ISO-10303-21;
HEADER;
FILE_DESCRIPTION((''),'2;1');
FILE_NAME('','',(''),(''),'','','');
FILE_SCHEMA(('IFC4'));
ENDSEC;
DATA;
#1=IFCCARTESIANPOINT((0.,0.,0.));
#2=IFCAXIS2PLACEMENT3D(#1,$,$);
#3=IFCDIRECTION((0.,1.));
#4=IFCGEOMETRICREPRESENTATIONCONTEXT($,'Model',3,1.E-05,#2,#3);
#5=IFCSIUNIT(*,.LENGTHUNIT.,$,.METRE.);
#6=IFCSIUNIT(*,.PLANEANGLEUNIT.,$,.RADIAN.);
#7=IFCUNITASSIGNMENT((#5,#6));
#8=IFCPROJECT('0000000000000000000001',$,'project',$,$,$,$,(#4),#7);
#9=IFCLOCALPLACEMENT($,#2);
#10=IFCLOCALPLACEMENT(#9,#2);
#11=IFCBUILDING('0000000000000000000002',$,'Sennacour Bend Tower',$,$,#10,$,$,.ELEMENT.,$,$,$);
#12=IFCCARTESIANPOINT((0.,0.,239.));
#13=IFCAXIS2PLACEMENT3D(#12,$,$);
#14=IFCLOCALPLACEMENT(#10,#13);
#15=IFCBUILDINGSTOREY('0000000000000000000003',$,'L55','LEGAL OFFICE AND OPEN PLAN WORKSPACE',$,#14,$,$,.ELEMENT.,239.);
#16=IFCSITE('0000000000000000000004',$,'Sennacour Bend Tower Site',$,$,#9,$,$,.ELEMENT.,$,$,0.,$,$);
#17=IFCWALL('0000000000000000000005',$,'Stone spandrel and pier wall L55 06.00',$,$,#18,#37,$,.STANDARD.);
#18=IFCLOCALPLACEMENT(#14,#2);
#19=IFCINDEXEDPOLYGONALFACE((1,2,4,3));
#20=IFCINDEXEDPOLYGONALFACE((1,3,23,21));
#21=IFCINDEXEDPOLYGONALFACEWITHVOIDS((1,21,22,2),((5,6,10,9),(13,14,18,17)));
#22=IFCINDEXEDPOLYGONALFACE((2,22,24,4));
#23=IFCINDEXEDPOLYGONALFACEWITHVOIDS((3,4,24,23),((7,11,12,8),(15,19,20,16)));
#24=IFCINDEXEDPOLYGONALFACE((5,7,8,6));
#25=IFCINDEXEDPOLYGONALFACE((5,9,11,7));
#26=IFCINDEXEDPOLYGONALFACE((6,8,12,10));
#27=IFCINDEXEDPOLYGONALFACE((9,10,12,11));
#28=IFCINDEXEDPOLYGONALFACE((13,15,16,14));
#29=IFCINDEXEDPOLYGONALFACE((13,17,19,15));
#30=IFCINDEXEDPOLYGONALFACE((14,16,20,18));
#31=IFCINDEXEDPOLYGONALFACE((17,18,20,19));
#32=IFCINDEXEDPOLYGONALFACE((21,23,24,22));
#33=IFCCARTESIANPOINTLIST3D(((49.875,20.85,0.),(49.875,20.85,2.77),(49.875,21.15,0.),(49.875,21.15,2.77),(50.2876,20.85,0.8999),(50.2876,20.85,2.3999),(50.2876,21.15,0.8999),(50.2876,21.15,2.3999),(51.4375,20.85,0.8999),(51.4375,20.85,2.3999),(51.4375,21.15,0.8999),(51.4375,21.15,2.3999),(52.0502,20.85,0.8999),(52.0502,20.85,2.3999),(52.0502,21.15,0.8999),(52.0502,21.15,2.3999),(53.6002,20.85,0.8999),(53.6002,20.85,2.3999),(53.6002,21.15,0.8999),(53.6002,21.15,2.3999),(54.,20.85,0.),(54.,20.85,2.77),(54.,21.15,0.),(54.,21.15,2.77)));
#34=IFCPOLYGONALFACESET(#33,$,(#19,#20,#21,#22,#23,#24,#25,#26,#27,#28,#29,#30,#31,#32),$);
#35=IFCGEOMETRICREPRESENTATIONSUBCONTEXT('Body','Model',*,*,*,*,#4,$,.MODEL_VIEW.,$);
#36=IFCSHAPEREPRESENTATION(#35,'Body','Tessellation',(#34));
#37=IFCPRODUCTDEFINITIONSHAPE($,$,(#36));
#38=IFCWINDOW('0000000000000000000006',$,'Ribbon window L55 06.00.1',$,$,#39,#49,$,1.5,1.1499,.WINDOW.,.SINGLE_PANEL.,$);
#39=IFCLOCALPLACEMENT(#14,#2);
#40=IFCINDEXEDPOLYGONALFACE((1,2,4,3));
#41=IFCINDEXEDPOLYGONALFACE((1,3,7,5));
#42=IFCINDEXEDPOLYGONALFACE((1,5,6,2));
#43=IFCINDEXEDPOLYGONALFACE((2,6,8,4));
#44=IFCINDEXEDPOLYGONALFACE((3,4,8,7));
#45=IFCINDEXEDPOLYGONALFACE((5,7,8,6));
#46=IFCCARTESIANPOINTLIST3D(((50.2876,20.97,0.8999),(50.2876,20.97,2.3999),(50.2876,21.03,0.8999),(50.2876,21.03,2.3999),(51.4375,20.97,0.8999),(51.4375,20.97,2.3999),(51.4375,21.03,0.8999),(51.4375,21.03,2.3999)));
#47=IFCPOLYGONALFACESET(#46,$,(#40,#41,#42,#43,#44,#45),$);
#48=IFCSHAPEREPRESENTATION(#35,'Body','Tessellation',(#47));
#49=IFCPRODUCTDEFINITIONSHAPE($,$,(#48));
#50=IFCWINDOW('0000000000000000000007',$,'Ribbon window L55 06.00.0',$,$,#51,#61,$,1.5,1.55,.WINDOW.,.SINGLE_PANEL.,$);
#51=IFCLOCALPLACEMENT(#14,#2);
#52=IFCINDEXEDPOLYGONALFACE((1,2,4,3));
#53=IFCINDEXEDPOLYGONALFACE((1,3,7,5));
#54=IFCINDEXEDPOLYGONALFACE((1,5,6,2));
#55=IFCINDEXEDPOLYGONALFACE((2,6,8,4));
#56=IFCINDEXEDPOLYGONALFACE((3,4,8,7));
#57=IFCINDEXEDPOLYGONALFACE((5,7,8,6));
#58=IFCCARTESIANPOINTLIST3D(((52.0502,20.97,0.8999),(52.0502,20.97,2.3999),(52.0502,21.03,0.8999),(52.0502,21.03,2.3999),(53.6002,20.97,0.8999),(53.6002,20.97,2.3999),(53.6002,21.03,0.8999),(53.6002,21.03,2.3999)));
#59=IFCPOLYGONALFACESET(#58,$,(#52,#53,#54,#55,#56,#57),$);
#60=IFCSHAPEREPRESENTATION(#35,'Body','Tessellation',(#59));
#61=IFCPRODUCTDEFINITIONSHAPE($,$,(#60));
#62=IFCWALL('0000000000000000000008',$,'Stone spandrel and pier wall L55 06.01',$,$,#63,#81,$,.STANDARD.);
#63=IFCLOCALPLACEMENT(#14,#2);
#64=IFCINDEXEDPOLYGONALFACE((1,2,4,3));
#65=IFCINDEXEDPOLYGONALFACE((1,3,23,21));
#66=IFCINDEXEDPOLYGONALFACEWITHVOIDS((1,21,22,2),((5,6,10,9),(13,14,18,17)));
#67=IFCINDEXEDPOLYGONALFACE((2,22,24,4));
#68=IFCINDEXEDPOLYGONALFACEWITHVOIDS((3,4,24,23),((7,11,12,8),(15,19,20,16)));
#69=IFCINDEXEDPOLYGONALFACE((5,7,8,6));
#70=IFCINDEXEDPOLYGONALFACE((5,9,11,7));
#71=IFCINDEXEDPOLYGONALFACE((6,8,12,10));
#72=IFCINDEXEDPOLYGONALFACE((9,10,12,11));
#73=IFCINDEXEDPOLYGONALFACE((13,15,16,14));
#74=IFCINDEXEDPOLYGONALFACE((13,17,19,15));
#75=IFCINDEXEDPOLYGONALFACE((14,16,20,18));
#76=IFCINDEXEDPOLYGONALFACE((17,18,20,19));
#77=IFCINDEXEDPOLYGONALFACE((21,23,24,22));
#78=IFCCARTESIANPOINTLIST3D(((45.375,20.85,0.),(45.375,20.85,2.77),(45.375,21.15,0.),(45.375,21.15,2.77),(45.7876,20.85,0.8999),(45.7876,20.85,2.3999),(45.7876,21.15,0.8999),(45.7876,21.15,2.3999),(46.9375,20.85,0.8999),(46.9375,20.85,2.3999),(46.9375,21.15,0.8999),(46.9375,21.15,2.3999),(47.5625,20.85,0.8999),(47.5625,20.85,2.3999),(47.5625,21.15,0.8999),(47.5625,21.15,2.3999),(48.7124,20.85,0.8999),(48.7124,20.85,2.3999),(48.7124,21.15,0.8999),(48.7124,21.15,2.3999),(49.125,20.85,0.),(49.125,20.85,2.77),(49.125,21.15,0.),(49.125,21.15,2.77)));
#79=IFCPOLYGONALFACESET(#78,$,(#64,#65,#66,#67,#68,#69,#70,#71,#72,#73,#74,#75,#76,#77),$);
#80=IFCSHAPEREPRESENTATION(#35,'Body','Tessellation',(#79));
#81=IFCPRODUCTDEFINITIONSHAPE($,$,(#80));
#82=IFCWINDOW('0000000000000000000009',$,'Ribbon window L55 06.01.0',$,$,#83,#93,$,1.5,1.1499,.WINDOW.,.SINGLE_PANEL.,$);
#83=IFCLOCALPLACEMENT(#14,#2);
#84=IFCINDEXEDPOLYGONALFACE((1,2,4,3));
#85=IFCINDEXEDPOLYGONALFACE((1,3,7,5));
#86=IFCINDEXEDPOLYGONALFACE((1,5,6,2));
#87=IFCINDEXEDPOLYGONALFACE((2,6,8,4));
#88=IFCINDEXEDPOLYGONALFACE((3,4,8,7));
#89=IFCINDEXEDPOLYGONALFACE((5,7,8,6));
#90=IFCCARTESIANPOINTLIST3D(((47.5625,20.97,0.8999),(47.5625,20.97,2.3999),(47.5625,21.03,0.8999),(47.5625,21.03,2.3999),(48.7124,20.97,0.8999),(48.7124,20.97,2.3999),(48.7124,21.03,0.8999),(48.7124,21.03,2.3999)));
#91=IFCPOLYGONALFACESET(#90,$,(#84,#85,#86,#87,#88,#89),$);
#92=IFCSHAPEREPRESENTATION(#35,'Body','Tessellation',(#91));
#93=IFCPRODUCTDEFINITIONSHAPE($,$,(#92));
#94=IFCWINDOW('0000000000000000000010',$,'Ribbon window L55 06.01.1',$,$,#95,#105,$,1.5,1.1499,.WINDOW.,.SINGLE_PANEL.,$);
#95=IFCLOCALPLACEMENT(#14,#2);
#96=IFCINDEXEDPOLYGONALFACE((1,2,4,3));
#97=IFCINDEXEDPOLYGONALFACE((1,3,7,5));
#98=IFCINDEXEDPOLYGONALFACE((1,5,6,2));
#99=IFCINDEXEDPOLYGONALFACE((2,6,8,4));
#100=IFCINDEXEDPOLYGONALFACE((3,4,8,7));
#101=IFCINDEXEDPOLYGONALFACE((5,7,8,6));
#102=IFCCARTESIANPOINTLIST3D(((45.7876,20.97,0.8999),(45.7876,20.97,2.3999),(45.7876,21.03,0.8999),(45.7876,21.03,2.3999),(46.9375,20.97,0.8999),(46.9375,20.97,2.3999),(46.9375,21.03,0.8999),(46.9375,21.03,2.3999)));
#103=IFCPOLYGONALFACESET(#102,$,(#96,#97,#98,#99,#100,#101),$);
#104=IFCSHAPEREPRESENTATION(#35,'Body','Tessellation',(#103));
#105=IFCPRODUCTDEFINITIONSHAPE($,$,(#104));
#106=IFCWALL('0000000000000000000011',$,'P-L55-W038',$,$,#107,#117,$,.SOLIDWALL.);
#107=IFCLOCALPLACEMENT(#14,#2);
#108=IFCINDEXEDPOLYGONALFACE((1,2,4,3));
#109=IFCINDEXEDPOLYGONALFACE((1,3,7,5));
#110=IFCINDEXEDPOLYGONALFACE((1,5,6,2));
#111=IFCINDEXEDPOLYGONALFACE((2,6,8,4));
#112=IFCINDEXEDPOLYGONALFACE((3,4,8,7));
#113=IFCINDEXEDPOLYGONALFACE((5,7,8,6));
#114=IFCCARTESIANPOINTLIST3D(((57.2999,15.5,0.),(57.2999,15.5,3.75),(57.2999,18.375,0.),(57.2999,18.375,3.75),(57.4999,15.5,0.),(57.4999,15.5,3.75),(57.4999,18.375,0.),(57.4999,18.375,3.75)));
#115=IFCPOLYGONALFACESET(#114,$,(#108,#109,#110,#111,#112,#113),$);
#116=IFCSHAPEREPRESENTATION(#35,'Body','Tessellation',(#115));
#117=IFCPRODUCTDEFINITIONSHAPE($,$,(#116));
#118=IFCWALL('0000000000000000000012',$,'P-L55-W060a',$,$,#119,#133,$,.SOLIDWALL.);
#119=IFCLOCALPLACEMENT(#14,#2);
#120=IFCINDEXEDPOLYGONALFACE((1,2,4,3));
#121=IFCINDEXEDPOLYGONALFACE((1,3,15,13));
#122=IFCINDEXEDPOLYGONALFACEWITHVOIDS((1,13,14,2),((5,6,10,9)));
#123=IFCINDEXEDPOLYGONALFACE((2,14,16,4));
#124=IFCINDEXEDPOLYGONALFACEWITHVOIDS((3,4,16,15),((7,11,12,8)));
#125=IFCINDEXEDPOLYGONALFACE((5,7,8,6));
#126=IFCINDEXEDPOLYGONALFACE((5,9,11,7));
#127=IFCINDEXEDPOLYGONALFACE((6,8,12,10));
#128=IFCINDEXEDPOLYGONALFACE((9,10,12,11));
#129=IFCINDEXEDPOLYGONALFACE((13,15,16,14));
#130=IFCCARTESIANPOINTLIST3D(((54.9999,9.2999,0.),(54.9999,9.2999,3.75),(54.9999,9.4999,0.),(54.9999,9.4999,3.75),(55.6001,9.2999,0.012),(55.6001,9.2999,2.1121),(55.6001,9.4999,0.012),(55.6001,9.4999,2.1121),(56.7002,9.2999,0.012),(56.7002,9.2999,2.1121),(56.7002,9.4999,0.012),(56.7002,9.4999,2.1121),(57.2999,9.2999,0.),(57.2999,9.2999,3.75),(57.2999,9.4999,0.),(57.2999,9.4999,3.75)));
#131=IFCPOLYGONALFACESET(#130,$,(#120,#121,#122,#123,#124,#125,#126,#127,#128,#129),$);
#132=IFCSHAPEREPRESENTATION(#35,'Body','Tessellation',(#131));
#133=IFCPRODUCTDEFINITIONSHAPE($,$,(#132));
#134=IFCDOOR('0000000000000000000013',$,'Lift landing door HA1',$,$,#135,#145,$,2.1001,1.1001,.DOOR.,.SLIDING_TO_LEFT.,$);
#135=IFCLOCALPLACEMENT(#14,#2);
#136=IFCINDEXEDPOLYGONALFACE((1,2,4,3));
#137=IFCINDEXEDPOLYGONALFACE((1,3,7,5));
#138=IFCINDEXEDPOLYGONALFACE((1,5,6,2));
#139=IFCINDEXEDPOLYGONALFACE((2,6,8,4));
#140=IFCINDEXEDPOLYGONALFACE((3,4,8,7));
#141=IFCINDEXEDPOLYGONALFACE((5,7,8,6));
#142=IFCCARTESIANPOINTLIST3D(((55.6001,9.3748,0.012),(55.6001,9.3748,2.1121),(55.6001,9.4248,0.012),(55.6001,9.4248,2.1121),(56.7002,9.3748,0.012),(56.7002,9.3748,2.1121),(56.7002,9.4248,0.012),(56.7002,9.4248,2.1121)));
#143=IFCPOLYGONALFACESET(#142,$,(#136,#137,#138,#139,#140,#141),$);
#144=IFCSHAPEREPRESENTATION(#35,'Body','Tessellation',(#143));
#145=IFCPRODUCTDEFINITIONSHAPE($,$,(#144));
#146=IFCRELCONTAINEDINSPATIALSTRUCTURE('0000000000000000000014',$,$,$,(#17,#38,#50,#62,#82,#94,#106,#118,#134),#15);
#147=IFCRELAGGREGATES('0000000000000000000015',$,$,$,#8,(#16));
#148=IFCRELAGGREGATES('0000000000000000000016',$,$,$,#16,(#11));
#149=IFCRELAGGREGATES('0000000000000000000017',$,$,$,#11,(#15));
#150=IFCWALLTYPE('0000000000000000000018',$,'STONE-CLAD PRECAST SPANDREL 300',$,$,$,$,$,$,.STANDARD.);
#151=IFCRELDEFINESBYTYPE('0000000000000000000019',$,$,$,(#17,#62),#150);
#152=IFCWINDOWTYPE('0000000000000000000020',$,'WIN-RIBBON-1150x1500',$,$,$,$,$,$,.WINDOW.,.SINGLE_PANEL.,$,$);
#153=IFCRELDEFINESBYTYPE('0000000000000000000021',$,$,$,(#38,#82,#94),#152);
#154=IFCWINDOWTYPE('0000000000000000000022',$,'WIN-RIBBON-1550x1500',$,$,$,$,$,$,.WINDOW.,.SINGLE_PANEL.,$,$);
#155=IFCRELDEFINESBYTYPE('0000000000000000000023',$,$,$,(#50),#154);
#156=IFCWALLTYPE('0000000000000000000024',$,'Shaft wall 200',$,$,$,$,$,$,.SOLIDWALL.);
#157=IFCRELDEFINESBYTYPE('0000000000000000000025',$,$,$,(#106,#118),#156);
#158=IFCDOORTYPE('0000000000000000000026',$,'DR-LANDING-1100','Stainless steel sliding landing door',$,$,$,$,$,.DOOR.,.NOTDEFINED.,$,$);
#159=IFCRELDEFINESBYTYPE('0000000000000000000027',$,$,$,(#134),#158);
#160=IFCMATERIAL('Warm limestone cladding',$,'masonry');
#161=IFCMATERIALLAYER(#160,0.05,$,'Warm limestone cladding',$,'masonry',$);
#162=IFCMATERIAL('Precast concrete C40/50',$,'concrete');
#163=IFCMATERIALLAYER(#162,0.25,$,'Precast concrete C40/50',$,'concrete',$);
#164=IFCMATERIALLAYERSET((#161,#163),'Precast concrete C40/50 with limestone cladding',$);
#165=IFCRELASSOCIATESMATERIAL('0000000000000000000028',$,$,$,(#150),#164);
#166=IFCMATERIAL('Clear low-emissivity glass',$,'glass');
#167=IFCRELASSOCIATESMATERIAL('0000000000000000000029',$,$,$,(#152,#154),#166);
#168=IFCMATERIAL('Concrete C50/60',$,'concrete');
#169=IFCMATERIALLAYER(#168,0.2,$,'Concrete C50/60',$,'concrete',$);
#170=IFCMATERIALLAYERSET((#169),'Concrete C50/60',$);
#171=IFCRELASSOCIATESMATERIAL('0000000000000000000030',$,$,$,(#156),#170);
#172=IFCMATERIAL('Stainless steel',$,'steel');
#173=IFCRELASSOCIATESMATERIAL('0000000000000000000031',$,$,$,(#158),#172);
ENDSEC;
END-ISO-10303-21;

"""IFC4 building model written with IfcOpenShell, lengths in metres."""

from ifc_helpers import new_model, si_unit, direction, frame, frame_2d, origin, place, context, subcontext, project, spatial, rectangle, extrude, material, layer, layer_set, type_object, element, fill, save


model = new_model("IFC4")

# Units and contexts
model_context = context("Model", 3, precision=1e-05, world=origin(), true_north=direction((0.0, 1.0)))
body_context = subcontext(model_context, "Body", "Model", "MODEL_VIEW")
ifc_project = project(units=[si_unit("LENGTHUNIT", "METRE"), si_unit("PLANEANGLEUNIT", "RADIAN")], contexts=[model_context])

# Site, building, storey
site_placement = place(None, origin())
site = spatial("IfcSite", under=ifc_project, at=site_placement, Name="Sennacour Bend Tower Site", CompositionType="ELEMENT", RefElevation=0.0)
building_placement = place(site_placement, origin())
building = spatial("IfcBuilding", under=site, at=building_placement, Name="Sennacour Bend Tower", CompositionType="ELEMENT")
storey_placement = place(building_placement, frame((0.0, 0.0, 239.0)))
storey = spatial("IfcBuildingStorey", under=building, at=storey_placement, Name="L55", Description="LEGAL OFFICE AND OPEN PLAN WORKSPACE", CompositionType="ELEMENT", Elevation=239.0)

# Walls, openings, windows
ifc_material_1 = material(Name="Warm limestone cladding", Category="masonry")
ifc_layer_1 = layer(ifc_material_1, 0.05, Name="Warm limestone cladding", Category="masonry")
ifc_material_2 = material(Name="Precast concrete C40/50", Category="concrete")
ifc_layer_2 = layer(ifc_material_2, 0.25, Name="Precast concrete C40/50", Category="concrete")
ifc_layer_set_1 = layer_set([ifc_layer_1, ifc_layer_2], Name="Precast concrete C40/50 with limestone cladding")
wall_type_1 = type_object("IfcWallType", Name="STONE-CLAD PRECAST SPANDREL 300", PredefinedType="STANDARD", material=ifc_layer_set_1)
wall_1_placement = place(storey_placement, frame((54.0, 21.0, 0.0), z_axis=(0.0, 0.0, 1.0), x_axis=(-1.0, 0.0, 0.0)))
wall_1 = element("IfcWall", 1, at=wall_1_placement, inside=storey, type_object=wall_type_1, Name="Stone spandrel and pier wall L55 06.00", PredefinedType="STANDARD", context=body_context, shape_type="SweptSolid", body=[
    extrude(rectangle(XDim=4.125, YDim=0.3, at=frame_2d((2.0625, 0.0))), origin(), (0.0, 0.0, 1.0), 2.77),
])
opening_1_placement = place(wall_1_placement, frame((0.3999, 0.0, 0.8999)))
opening_1 = element("IfcOpeningElement", 2, at=opening_1_placement, cuts=wall_1, PredefinedType="OPENING", context=body_context, shape_type="SweptSolid", body=[
    extrude(rectangle(XDim=1.55, YDim=1.5, at=frame_2d((0.7749, 0.75))), frame((0.0, 0.1602, 0.0), z_axis=(0.0, -1.0, 0.0), x_axis=(1.0, 0.0, 0.0)), (0.0, 0.0, 1.0), 0.3201),
])
opening_2_placement = place(wall_1_placement, frame((2.5625, 0.0, 0.8999)))
opening_2 = element("IfcOpeningElement", 3, at=opening_2_placement, cuts=wall_1, PredefinedType="OPENING", context=body_context, shape_type="SweptSolid", body=[
    extrude(rectangle(XDim=1.1499, YDim=1.5, at=frame_2d((0.575, 0.75))), frame((0.0, 0.1602, 0.0), z_axis=(0.0, -1.0, 0.0), x_axis=(1.0, 0.0, 0.0)), (0.0, 0.0, 1.0), 0.3201),
])
ifc_material_3 = material(Name="Clear low-emissivity glass", Category="glass")
window_type_1 = type_object("IfcWindowType", Name="WIN-RIBBON-1150x1500", PartitioningType="SINGLE_PANEL", PredefinedType="WINDOW", material=ifc_material_3)
window_1_placement = place(opening_2_placement, origin())
window_1 = element("IfcWindow", 4, at=window_1_placement, inside=storey, type_object=window_type_1, Name="Ribbon window L55 06.00.1", OverallHeight=1.5, OverallWidth=1.1499, PartitioningType="SINGLE_PANEL", PredefinedType="WINDOW", context=body_context, shape_type="SweptSolid", body=[
    extrude(rectangle(XDim=1.1499, YDim=1.5, at=frame_2d((0.575, 0.75))), frame((0.0, 0.03, 0.0), z_axis=(0.0, -1.0, 0.0), x_axis=(1.0, 0.0, 0.0)), (0.0, 0.0, 1.0), 0.0601),
])
fill(opening_2, window_1)
window_type_2 = type_object("IfcWindowType", Name="WIN-RIBBON-1550x1500", PartitioningType="SINGLE_PANEL", PredefinedType="WINDOW", material=ifc_material_3)
window_2_placement = place(opening_1_placement, origin())
window_2 = element("IfcWindow", 5, at=window_2_placement, inside=storey, type_object=window_type_2, Name="Ribbon window L55 06.00.0", OverallHeight=1.5, OverallWidth=1.55, PartitioningType="SINGLE_PANEL", PredefinedType="WINDOW", context=body_context, shape_type="SweptSolid", body=[
    extrude(rectangle(XDim=1.55, YDim=1.5, at=frame_2d((0.7749, 0.75))), frame((0.0, 0.03, 0.0), z_axis=(0.0, -1.0, 0.0), x_axis=(1.0, 0.0, 0.0)), (0.0, 0.0, 1.0), 0.0601),
])
fill(opening_1, window_2)
wall_2_placement = place(storey_placement, frame((49.125, 21.0, 0.0), z_axis=(0.0, 0.0, 1.0), x_axis=(-1.0, 0.0, 0.0)))
wall_2 = element("IfcWall", 6, at=wall_2_placement, inside=storey, type_object=wall_type_1, Name="Stone spandrel and pier wall L55 06.01", PredefinedType="STANDARD", context=body_context, shape_type="SweptSolid", body=[
    extrude(rectangle(XDim=3.75, YDim=0.3, at=frame_2d((1.875, 0.0))), origin(), (0.0, 0.0, 1.0), 2.77),
])
opening_3_placement = place(wall_2_placement, frame((0.4126, 0.0, 0.8999)))
opening_3 = element("IfcOpeningElement", 7, at=opening_3_placement, cuts=wall_2, PredefinedType="OPENING", context=body_context, shape_type="SweptSolid", body=[
    extrude(rectangle(XDim=1.1499, YDim=1.5, at=frame_2d((0.575, 0.75))), frame((0.0, 0.1602, 0.0), z_axis=(0.0, -1.0, 0.0), x_axis=(1.0, 0.0, 0.0)), (0.0, 0.0, 1.0), 0.3201),
])
opening_4_placement = place(wall_2_placement, frame((2.1875, 0.0, 0.8999)))
opening_4 = element("IfcOpeningElement", 8, at=opening_4_placement, cuts=wall_2, PredefinedType="OPENING", context=body_context, shape_type="SweptSolid", body=[
    extrude(rectangle(XDim=1.1499, YDim=1.5, at=frame_2d((0.575, 0.75))), frame((0.0, 0.1602, 0.0), z_axis=(0.0, -1.0, 0.0), x_axis=(1.0, 0.0, 0.0)), (0.0, 0.0, 1.0), 0.3201),
])
window_3_placement = place(opening_3_placement, origin())
window_3 = element("IfcWindow", 9, at=window_3_placement, inside=storey, type_object=window_type_1, Name="Ribbon window L55 06.01.0", OverallHeight=1.5, OverallWidth=1.1499, PartitioningType="SINGLE_PANEL", PredefinedType="WINDOW", context=body_context, shape_type="SweptSolid", body=[
    extrude(rectangle(XDim=1.1499, YDim=1.5, at=frame_2d((0.575, 0.75))), frame((0.0, 0.03, 0.0), z_axis=(0.0, -1.0, 0.0), x_axis=(1.0, 0.0, 0.0)), (0.0, 0.0, 1.0), 0.0601),
])
fill(opening_3, window_3)
window_4_placement = place(opening_4_placement, origin())
window_4 = element("IfcWindow", 10, at=window_4_placement, inside=storey, type_object=window_type_1, Name="Ribbon window L55 06.01.1", OverallHeight=1.5, OverallWidth=1.1499, PartitioningType="SINGLE_PANEL", PredefinedType="WINDOW", context=body_context, shape_type="SweptSolid", body=[
    extrude(rectangle(XDim=1.1499, YDim=1.5, at=frame_2d((0.575, 0.75))), frame((0.0, 0.03, 0.0), z_axis=(0.0, -1.0, 0.0), x_axis=(1.0, 0.0, 0.0)), (0.0, 0.0, 1.0), 0.0601),
])
fill(opening_4, window_4)

# Wall
ifc_material_4 = material(Name="Concrete C50/60", Category="concrete")
ifc_layer_3 = layer(ifc_material_4, 0.2, Name="Concrete C50/60", Category="concrete")
ifc_layer_set_2 = layer_set([ifc_layer_3], Name="Concrete C50/60")
wall_type_2 = type_object("IfcWallType", Name="Shaft wall 200", PredefinedType="SOLIDWALL", material=ifc_layer_set_2)
wall_3_placement = place(storey_placement, frame((57.3999, 15.5, 0.0), z_axis=(0.0, 0.0, 1.0), x_axis=(0.0, 1.0, 0.0)))
element("IfcWall", 11, at=wall_3_placement, inside=storey, type_object=wall_type_2, Name="P-L55-W038", PredefinedType="SOLIDWALL", context=body_context, shape_type="SweptSolid", body=[
    extrude(rectangle(XDim=2.875, YDim=0.2, at=frame_2d((1.4375, 0.0))), origin(), (0.0, 0.0, 1.0), 3.75),
])

# Wall, opening, door
wall_4_placement = place(storey_placement, frame((55.0, 9.3999, 0.0), z_axis=(0.0, 0.0, 1.0), x_axis=(1.0, 0.0, 0.0)))
wall_4 = element("IfcWall", 12, at=wall_4_placement, inside=storey, type_object=wall_type_2, Name="P-L55-W060a", PredefinedType="SOLIDWALL", context=body_context, shape_type="SweptSolid", body=[
    extrude(rectangle(XDim=2.3, YDim=0.2, at=frame_2d((1.1499, 0.0))), origin(), (0.0, 0.0, 1.0), 3.75),
])
opening_5_placement = place(wall_4_placement, frame((0.6001, 0.0, 0.012)))
opening_5 = element("IfcOpeningElement", 13, at=opening_5_placement, cuts=wall_4, PredefinedType="OPENING", context=body_context, shape_type="SweptSolid", body=[
    extrude(rectangle(XDim=1.1001, YDim=2.1001, at=frame_2d((0.55, 1.05))), frame((0.0, 0.1099, 0.0), z_axis=(0.0, -1.0, 0.0), x_axis=(1.0, 0.0, 0.0)), (0.0, 0.0, 1.0), 0.22),
])
ifc_material_5 = material(Name="Stainless steel", Category="steel")
door_type_1 = type_object("IfcDoorType", Name="DR-LANDING-1100", Description="Stainless steel sliding landing door", OperationType="NOTDEFINED", PredefinedType="DOOR", material=ifc_material_5)
door_1_placement = place(opening_5_placement, origin())
door_1 = element("IfcDoor", 14, at=door_1_placement, inside=storey, type_object=door_type_1, Name="Lift landing door HA1", OperationType="SLIDING_TO_LEFT", OverallHeight=2.1001, OverallWidth=1.1001, PredefinedType="DOOR", context=body_context, shape_type="SweptSolid", body=[
    extrude(rectangle(XDim=1.1001, YDim=2.1001, at=frame_2d((0.55, 1.05))), frame((0.0, 0.0249, 0.0), z_axis=(0.0, -1.0, 0.0), x_axis=(1.0, 0.0, 0.0)), (0.0, 0.0, 1.0), 0.05),
])
fill(opening_5, door_1)

save(model, "model.ifc")
